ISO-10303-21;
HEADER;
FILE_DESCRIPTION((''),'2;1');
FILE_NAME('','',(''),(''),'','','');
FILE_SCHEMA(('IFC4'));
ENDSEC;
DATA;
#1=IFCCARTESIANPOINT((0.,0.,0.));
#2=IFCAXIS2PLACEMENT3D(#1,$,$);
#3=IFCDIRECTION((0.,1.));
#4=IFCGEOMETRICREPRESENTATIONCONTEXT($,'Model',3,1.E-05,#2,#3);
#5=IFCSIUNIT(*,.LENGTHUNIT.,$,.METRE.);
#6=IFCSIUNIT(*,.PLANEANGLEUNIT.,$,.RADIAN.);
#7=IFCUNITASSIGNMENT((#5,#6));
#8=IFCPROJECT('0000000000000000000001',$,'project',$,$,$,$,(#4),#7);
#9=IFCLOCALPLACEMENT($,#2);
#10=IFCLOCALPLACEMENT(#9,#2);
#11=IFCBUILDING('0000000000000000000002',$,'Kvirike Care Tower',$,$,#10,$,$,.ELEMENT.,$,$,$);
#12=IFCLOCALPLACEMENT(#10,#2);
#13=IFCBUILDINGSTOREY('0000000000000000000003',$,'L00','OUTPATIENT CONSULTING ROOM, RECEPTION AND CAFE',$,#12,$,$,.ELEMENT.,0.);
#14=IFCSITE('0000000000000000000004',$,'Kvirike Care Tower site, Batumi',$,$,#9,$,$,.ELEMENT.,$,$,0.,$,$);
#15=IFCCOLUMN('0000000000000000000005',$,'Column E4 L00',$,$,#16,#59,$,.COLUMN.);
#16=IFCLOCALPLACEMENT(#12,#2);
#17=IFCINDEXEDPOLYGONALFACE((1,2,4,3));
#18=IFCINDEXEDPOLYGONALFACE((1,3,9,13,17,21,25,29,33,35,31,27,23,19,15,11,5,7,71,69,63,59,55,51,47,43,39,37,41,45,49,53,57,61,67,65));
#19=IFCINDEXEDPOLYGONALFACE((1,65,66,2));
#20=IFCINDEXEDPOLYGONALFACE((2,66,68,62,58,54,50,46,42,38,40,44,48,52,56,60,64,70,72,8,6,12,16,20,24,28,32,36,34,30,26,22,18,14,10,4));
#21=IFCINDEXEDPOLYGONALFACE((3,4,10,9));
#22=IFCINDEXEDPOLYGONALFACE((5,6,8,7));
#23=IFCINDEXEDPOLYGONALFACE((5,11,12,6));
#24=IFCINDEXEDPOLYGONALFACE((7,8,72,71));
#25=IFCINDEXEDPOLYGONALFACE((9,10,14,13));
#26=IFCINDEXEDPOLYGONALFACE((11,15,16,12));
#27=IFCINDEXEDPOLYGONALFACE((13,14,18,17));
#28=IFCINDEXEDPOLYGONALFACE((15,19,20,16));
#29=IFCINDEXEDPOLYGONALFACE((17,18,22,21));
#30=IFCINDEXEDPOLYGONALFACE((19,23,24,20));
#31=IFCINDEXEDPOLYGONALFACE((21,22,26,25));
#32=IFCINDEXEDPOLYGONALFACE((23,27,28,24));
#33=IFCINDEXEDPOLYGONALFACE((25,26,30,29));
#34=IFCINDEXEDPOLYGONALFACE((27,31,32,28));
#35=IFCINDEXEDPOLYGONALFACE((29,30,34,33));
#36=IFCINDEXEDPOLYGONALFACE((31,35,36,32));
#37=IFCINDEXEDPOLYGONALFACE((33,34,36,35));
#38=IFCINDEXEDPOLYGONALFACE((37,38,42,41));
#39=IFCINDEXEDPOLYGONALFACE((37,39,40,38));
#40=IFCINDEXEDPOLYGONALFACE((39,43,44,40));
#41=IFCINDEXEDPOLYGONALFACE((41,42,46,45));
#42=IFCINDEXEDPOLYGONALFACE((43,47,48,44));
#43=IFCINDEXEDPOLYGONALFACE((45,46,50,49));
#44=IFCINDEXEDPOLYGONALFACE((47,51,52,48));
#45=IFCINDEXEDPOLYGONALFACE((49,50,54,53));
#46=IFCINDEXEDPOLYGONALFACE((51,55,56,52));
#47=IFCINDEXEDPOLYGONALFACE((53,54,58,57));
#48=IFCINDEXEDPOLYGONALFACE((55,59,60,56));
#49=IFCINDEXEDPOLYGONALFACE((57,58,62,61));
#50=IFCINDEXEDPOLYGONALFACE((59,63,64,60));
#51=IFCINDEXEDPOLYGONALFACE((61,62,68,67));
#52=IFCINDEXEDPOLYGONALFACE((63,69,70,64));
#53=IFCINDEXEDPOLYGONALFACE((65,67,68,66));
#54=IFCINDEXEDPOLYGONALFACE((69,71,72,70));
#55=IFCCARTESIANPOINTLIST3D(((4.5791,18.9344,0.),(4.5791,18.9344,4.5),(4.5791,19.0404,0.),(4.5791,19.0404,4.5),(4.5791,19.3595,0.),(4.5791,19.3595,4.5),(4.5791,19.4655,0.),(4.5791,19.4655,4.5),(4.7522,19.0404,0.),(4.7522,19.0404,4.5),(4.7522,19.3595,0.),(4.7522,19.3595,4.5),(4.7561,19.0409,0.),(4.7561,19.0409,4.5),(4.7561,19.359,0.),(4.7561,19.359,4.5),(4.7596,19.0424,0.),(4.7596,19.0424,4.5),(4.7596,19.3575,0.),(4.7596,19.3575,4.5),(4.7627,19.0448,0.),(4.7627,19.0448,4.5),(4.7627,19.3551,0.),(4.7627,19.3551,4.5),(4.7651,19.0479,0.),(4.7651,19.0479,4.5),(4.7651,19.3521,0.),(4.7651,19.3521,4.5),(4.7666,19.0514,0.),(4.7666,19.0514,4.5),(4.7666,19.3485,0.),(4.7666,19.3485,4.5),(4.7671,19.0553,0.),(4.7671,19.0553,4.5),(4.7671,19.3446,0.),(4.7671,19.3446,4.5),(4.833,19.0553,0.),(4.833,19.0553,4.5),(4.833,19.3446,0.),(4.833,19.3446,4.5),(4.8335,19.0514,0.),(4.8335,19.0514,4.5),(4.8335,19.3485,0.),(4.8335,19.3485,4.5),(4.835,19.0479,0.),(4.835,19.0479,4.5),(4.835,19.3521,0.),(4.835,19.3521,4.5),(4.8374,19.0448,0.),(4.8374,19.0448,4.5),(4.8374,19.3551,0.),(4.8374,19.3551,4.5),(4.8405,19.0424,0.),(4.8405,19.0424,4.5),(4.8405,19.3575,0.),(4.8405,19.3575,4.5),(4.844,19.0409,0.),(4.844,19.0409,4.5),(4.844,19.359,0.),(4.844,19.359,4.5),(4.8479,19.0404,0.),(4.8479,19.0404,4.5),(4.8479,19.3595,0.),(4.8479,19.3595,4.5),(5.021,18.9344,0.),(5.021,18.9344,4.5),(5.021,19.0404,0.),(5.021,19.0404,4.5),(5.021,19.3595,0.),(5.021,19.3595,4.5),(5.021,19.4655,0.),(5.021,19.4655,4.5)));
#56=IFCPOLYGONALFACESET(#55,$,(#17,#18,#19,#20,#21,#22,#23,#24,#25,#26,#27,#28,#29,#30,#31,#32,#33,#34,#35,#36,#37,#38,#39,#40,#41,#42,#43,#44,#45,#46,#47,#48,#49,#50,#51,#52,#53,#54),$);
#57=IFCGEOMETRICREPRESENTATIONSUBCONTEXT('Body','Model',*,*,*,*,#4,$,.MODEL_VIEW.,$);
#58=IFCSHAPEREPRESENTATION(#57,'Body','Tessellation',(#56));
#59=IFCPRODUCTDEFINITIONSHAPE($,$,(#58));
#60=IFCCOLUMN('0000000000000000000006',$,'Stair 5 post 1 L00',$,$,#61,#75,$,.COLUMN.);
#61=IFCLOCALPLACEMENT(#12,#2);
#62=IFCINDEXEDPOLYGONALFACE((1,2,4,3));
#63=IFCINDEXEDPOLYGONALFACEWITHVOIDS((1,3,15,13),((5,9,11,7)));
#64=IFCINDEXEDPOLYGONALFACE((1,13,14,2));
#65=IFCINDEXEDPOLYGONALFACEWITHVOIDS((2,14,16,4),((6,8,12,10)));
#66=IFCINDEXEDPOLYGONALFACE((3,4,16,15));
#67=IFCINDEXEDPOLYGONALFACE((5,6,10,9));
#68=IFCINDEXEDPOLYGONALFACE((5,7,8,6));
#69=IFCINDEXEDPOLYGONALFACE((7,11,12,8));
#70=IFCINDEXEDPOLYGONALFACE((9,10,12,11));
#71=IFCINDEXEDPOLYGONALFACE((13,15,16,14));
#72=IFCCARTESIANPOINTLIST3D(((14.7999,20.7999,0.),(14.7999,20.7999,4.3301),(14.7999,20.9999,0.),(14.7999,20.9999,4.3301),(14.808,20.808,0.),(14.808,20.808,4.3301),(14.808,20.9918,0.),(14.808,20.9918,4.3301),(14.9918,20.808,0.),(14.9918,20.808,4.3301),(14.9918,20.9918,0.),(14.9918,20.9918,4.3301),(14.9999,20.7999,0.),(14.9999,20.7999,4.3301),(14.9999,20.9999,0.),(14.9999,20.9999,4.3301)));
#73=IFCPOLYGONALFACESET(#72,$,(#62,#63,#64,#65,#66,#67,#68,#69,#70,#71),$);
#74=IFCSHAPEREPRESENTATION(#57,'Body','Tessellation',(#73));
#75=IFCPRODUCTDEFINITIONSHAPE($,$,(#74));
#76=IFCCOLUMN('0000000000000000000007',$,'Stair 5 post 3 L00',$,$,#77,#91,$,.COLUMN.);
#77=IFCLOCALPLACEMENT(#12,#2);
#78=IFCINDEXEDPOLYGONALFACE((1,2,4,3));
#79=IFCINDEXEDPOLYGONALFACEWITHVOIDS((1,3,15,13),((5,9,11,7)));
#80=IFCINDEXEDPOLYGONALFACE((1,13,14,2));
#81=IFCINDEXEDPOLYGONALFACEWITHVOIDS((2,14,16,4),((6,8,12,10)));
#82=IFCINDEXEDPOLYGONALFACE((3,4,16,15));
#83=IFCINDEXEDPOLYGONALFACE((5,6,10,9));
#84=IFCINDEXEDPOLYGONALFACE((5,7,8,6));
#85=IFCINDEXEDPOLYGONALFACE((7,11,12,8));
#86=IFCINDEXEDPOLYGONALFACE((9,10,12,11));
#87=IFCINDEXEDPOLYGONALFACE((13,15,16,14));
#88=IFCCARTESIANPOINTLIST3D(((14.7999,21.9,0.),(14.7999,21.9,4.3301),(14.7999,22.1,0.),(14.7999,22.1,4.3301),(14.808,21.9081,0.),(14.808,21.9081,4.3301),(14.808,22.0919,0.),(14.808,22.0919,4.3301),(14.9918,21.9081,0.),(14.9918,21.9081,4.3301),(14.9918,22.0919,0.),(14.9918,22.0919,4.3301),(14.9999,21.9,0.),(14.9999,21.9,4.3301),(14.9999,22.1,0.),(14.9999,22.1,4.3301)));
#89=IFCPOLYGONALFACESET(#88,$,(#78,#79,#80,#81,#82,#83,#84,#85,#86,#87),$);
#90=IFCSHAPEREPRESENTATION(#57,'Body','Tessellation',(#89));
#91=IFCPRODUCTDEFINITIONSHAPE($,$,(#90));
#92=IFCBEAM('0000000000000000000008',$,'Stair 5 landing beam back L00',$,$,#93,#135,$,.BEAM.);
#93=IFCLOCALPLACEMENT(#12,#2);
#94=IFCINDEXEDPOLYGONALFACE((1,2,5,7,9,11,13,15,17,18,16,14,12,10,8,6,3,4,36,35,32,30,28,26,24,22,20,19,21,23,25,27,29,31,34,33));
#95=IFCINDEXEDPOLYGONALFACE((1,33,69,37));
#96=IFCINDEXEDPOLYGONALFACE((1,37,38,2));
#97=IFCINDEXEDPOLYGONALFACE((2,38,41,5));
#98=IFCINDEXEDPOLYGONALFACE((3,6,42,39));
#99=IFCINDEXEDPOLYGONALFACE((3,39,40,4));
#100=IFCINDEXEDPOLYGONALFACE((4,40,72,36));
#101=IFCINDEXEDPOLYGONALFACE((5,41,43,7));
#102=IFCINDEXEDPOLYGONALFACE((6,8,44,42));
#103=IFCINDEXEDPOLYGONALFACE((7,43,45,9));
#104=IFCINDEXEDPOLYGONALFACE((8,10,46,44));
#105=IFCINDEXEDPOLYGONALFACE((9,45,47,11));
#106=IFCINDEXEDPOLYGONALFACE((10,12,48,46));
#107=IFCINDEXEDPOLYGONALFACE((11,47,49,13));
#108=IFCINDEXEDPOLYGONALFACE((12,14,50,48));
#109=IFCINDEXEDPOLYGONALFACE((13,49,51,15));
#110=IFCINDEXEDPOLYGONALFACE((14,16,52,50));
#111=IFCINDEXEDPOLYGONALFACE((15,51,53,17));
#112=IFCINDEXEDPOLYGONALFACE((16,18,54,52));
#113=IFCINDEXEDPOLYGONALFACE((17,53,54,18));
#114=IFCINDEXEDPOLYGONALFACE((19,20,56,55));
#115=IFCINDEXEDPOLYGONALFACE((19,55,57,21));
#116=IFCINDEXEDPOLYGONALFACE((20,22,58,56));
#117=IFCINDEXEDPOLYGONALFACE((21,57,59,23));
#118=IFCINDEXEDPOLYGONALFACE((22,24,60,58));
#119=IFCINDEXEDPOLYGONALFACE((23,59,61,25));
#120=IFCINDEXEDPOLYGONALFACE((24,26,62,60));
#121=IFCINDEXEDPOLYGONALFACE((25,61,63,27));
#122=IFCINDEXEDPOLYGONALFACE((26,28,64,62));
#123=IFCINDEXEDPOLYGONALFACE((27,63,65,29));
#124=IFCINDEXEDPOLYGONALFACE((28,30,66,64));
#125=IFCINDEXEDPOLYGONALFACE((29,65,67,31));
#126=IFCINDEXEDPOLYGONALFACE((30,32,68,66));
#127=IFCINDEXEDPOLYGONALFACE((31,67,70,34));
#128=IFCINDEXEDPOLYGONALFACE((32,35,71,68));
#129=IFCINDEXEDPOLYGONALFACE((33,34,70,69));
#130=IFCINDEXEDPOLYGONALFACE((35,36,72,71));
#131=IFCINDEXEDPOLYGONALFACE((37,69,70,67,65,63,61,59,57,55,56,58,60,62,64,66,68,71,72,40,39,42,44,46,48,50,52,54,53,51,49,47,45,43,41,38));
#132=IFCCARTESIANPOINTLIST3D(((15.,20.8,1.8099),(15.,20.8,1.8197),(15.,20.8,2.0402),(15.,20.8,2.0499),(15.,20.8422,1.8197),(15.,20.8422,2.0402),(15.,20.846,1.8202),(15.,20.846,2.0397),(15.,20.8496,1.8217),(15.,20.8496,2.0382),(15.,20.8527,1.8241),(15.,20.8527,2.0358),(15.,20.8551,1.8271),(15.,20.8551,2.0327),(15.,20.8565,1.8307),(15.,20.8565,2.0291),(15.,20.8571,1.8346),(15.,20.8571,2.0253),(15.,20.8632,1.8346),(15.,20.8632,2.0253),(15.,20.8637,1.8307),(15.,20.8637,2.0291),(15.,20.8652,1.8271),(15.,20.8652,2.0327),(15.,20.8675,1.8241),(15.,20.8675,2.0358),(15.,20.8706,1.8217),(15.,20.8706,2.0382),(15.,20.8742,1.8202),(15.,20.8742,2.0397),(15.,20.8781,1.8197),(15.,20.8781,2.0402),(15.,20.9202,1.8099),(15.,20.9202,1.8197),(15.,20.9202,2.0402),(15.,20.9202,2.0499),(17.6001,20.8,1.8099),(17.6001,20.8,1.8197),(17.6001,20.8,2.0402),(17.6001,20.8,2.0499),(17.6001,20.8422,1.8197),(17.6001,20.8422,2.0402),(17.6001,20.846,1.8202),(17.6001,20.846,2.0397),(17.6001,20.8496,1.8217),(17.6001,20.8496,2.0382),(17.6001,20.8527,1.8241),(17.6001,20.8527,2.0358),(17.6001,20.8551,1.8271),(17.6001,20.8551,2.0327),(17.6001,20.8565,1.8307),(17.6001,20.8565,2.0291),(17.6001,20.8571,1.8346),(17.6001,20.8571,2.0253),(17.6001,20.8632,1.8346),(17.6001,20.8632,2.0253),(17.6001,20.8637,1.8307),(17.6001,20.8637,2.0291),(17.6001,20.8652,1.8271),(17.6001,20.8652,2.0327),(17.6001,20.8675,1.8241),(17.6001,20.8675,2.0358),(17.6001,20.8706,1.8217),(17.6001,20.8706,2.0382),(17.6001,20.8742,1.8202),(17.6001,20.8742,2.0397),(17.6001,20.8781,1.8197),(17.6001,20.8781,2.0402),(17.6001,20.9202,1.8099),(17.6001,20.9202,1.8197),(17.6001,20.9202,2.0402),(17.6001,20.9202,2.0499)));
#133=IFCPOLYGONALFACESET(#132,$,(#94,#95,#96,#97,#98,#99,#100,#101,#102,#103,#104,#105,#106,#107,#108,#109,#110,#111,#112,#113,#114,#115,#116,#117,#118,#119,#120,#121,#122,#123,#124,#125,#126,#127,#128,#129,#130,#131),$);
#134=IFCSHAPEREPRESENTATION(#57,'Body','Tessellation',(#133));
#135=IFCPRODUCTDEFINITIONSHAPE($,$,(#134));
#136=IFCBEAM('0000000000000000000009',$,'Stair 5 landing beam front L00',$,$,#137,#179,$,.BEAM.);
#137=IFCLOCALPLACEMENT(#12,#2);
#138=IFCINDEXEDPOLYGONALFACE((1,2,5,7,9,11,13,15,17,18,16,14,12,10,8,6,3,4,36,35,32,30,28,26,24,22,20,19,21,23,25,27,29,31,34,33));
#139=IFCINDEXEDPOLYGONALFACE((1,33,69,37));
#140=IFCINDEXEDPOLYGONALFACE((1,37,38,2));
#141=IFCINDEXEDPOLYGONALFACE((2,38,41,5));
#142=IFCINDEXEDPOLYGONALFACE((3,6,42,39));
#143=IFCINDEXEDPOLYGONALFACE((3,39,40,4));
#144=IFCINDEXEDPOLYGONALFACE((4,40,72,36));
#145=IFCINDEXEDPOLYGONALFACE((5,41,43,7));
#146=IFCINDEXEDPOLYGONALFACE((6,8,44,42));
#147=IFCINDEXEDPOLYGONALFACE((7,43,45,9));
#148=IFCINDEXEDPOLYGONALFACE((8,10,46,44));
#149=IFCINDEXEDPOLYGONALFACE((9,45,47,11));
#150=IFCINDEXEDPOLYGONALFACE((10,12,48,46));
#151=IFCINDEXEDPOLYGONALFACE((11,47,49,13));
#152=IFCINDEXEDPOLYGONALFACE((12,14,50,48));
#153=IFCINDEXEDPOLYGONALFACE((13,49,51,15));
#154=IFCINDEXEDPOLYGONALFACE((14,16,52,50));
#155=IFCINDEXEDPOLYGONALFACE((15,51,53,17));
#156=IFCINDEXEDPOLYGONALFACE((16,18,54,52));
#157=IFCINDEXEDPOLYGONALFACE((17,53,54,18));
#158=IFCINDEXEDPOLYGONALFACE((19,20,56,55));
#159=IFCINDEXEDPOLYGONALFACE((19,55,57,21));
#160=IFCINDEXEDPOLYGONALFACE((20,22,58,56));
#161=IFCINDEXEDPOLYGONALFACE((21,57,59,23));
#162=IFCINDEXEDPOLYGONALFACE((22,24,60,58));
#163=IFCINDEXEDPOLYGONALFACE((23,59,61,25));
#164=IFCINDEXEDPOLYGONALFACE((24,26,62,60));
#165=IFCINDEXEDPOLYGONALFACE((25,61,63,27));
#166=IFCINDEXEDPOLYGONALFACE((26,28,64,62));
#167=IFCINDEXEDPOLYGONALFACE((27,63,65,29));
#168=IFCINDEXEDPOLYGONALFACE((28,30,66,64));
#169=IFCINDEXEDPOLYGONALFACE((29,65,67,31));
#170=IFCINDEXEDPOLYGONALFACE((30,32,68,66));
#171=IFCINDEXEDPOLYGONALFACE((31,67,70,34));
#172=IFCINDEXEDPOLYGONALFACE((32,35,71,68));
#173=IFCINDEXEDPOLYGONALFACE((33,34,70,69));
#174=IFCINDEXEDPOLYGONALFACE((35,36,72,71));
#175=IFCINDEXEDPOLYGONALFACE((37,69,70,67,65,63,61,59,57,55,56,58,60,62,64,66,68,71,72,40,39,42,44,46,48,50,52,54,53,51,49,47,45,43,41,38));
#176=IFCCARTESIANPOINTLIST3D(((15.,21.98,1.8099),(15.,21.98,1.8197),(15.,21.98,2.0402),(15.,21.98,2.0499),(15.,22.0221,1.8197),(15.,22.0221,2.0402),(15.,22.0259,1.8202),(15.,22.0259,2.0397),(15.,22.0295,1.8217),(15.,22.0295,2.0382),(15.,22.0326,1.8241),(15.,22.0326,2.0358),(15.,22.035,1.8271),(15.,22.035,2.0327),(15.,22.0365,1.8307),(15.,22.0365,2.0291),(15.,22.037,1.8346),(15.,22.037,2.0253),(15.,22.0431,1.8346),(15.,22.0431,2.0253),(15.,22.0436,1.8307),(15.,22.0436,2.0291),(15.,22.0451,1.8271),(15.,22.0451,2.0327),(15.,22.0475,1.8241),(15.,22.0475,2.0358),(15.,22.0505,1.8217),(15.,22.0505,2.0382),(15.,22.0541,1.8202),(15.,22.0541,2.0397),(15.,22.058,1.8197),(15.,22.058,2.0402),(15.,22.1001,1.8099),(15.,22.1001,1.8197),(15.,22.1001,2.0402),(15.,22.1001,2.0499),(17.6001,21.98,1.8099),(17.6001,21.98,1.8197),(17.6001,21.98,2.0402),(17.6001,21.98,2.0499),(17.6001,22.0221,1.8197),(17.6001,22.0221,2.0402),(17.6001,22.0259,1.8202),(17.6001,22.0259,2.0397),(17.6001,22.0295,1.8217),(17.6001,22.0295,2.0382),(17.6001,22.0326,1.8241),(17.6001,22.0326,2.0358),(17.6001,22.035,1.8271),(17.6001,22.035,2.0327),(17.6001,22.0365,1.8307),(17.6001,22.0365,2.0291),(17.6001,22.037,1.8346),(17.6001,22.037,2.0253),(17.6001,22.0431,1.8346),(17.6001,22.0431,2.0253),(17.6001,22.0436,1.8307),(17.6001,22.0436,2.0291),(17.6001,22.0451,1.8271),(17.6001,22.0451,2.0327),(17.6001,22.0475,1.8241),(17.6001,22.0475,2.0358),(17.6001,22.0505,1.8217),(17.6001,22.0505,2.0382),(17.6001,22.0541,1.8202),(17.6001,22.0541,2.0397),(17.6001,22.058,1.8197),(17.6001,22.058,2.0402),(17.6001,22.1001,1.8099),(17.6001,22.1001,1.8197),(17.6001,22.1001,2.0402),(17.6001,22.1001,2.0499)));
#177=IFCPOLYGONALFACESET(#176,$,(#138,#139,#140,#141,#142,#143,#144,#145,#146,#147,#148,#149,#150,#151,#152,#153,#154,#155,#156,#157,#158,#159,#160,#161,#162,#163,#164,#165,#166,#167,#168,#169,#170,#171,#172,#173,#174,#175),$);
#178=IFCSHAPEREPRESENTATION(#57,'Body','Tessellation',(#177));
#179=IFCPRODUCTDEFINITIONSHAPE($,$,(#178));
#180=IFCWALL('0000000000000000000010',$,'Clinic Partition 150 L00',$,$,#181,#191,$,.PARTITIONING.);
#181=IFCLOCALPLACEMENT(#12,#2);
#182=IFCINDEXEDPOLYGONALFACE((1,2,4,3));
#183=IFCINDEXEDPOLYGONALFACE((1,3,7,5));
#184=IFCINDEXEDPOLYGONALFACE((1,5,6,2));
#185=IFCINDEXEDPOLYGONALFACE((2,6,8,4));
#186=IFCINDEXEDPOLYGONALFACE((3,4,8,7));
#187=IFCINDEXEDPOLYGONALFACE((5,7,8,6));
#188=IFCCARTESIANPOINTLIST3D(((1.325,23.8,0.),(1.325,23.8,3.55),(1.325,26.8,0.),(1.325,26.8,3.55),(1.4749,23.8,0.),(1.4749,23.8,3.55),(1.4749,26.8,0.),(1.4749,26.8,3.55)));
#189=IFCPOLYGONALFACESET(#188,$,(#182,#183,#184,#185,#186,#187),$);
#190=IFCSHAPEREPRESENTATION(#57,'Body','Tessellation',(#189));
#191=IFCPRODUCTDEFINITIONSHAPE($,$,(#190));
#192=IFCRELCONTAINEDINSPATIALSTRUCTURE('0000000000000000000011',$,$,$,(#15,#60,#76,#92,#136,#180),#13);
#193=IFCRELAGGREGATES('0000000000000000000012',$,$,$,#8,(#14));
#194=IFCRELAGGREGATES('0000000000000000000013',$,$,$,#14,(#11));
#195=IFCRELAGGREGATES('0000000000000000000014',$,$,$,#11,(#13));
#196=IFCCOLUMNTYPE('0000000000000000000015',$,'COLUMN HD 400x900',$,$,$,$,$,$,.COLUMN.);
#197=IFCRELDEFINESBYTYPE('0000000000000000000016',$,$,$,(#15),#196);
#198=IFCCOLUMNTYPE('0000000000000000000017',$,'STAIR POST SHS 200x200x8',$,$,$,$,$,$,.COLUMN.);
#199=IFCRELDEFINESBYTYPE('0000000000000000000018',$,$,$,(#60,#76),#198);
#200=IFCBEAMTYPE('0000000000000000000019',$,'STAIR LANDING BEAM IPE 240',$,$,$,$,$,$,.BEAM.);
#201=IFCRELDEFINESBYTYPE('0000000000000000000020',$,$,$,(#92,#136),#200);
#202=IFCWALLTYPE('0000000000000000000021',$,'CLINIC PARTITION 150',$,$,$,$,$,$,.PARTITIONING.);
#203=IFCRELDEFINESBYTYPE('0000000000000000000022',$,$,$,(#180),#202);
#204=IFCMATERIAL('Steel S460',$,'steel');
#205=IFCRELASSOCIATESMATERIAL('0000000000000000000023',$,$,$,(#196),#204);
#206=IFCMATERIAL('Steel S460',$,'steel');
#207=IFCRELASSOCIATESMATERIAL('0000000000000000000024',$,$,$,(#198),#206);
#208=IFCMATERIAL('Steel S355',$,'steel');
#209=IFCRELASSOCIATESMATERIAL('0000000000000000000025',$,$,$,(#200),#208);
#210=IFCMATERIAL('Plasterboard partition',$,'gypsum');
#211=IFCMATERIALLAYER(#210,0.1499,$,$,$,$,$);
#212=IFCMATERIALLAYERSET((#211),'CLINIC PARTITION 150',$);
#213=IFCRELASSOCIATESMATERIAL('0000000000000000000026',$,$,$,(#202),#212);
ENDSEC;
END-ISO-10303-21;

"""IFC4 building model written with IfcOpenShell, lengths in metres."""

from ifc_helpers import new_model, si_unit, direction, frame, frame_2d, origin, origin_2d, place, context, subcontext, project, spatial, rectangle, hollow_rectangle, i_section, extrude, material, layer, layer_set, material_profile, profile_set, type_object, element, save


model = new_model("IFC4")

# Units and contexts
model_context = context("Model", 3, precision=1e-05, world=origin(), true_north=direction((0.0, 1.0)))
body_context = subcontext(model_context, "Body", "Model", "MODEL_VIEW")
ifc_project = project(units=[si_unit("LENGTHUNIT", "METRE"), si_unit("PLANEANGLEUNIT", "RADIAN")], contexts=[model_context])

# Site, building, storey
site_placement = place(None, origin())
site = spatial("IfcSite", under=ifc_project, at=site_placement, Name="Kvirike Care Tower site, Batumi", CompositionType="ELEMENT", RefElevation=0.0)
building_placement = place(site_placement, origin())
building = spatial("IfcBuilding", under=site, at=building_placement, Name="Kvirike Care Tower", CompositionType="ELEMENT")
storey_placement = place(building_placement, origin())
storey = spatial("IfcBuildingStorey", under=building, at=storey_placement, Name="L00", Description="OUTPATIENT CONSULTING ROOM, RECEPTION AND CAFE", CompositionType="ELEMENT", Elevation=0.0)

# Columns
ifc_material_1 = material(Name="Steel S460", Category="steel")
ifc_material_profile_1 = material_profile(ifc_material_1, i_section(OverallWidth=0.4419, OverallDepth=0.531, WebThickness=0.0659, FlangeThickness=0.106, FilletRadius=0.0149, at=origin_2d()), Name="HD 400x900")
ifc_profile_set_1 = profile_set([ifc_material_profile_1], Name="Steel S460")
column_type_1 = type_object("IfcColumnType", Name="COLUMN HD 400x900", PredefinedType="COLUMN", material=ifc_profile_set_1)
column_1_placement = place(storey_placement, frame((4.8, 19.2, 0.0), z_axis=(0.0, 0.0, 1.0), x_axis=(1.0, 0.0, 0.0)))
element("IfcColumn", 1, at=column_1_placement, inside=storey, type_object=column_type_1, Name="Column E4 L00", PredefinedType="COLUMN", context=body_context, shape_type="SweptSolid", body=[
    extrude(i_section(OverallWidth=0.4419, OverallDepth=0.531, WebThickness=0.0659, FlangeThickness=0.106, FilletRadius=0.0149, at=origin_2d()), origin(), (0.0, 0.0, 1.0), 4.5),
])
ifc_material_2 = material(Name="Steel S460", Category="steel")
ifc_material_profile_2 = material_profile(ifc_material_2, hollow_rectangle(XDim=0.2, YDim=0.2, WallThickness=0.0081, at=origin_2d()), Name="SHS 200x200x8")
ifc_profile_set_2 = profile_set([ifc_material_profile_2], Name="Steel S460")
column_type_2 = type_object("IfcColumnType", Name="STAIR POST SHS 200x200x8", PredefinedType="COLUMN", material=ifc_profile_set_2)
for number, where, z_axis, x_axis, name in (
    (2, (14.8999, 20.8999, 0.0), (0.0, 0.0, 1.0), (1.0, 0.0, 0.0), "Stair 5 post 1 L00"),
    (3, (14.8999, 22.0, 0.0), (0.0, 0.0, 1.0), (1.0, 0.0, 0.0), "Stair 5 post 3 L00"),
):
    element("IfcColumn", number, at=place(storey_placement, frame(where, z_axis=z_axis, x_axis=x_axis)), inside=storey, type_object=column_type_2, Name=name, PredefinedType="COLUMN", context=body_context, shape_type="SweptSolid", body=[
        extrude(hollow_rectangle(XDim=0.2, YDim=0.2, WallThickness=0.0081, at=origin_2d()), origin(), (0.0, 0.0, 1.0), 4.3301),
    ])

# Beams
ifc_material_3 = material(Name="Steel S355", Category="steel")
ifc_material_profile_3 = material_profile(ifc_material_3, i_section(OverallWidth=0.1201, OverallDepth=0.24, WebThickness=0.0061, FlangeThickness=0.0098, FilletRadius=0.0149, at=origin_2d()), Name="IPE 240")
ifc_profile_set_3 = profile_set([ifc_material_profile_3], Name="Steel S355")
beam_type = type_object("IfcBeamType", Name="STAIR LANDING BEAM IPE 240", PredefinedType="BEAM", material=ifc_profile_set_3)
for number, where, z_axis, x_axis, name in (
    (4, (15.0, 20.8601, 1.9299), (1.0, 0.0, 0.0), (0.0, 1.0, 0.0), "Stair 5 landing beam back L00"),
    (5, (15.0, 22.04, 1.9299), (1.0, 0.0, 0.0), (0.0, 1.0, 0.0), "Stair 5 landing beam front L00"),
):
    element("IfcBeam", number, at=place(storey_placement, frame(where, z_axis=z_axis, x_axis=x_axis)), inside=storey, type_object=beam_type, Name=name, PredefinedType="BEAM", context=body_context, shape_type="SweptSolid", body=[
        extrude(i_section(OverallWidth=0.1201, OverallDepth=0.24, WebThickness=0.0061, FlangeThickness=0.0098, FilletRadius=0.0149, at=origin_2d()), origin(), (0.0, 0.0, 1.0), 2.6001),
    ])

# Wall
ifc_material_4 = material(Name="Plasterboard partition", Category="gypsum")
ifc_layer_1 = layer(ifc_material_4, 0.1499)
ifc_layer_set_1 = layer_set([ifc_layer_1], Name="CLINIC PARTITION 150")
wall_type_1 = type_object("IfcWallType", Name="CLINIC PARTITION 150", PredefinedType="PARTITIONING", material=ifc_layer_set_1)
wall_1_placement = place(storey_placement, frame((1.3999, 23.8, 0.0), z_axis=(0.0, 0.0, 1.0), x_axis=(0.0, 1.0, 0.0)))
element("IfcWall", 6, at=wall_1_placement, inside=storey, type_object=wall_type_1, Name="Clinic Partition 150 L00", PredefinedType="PARTITIONING", context=body_context, shape_type="SweptSolid", body=[
    extrude(rectangle(XDim=3.0, YDim=0.1499, at=frame_2d((1.5, 0.0))), origin(), (0.0, 0.0, 1.0), 3.55),
])

save(model, "model.ifc")
